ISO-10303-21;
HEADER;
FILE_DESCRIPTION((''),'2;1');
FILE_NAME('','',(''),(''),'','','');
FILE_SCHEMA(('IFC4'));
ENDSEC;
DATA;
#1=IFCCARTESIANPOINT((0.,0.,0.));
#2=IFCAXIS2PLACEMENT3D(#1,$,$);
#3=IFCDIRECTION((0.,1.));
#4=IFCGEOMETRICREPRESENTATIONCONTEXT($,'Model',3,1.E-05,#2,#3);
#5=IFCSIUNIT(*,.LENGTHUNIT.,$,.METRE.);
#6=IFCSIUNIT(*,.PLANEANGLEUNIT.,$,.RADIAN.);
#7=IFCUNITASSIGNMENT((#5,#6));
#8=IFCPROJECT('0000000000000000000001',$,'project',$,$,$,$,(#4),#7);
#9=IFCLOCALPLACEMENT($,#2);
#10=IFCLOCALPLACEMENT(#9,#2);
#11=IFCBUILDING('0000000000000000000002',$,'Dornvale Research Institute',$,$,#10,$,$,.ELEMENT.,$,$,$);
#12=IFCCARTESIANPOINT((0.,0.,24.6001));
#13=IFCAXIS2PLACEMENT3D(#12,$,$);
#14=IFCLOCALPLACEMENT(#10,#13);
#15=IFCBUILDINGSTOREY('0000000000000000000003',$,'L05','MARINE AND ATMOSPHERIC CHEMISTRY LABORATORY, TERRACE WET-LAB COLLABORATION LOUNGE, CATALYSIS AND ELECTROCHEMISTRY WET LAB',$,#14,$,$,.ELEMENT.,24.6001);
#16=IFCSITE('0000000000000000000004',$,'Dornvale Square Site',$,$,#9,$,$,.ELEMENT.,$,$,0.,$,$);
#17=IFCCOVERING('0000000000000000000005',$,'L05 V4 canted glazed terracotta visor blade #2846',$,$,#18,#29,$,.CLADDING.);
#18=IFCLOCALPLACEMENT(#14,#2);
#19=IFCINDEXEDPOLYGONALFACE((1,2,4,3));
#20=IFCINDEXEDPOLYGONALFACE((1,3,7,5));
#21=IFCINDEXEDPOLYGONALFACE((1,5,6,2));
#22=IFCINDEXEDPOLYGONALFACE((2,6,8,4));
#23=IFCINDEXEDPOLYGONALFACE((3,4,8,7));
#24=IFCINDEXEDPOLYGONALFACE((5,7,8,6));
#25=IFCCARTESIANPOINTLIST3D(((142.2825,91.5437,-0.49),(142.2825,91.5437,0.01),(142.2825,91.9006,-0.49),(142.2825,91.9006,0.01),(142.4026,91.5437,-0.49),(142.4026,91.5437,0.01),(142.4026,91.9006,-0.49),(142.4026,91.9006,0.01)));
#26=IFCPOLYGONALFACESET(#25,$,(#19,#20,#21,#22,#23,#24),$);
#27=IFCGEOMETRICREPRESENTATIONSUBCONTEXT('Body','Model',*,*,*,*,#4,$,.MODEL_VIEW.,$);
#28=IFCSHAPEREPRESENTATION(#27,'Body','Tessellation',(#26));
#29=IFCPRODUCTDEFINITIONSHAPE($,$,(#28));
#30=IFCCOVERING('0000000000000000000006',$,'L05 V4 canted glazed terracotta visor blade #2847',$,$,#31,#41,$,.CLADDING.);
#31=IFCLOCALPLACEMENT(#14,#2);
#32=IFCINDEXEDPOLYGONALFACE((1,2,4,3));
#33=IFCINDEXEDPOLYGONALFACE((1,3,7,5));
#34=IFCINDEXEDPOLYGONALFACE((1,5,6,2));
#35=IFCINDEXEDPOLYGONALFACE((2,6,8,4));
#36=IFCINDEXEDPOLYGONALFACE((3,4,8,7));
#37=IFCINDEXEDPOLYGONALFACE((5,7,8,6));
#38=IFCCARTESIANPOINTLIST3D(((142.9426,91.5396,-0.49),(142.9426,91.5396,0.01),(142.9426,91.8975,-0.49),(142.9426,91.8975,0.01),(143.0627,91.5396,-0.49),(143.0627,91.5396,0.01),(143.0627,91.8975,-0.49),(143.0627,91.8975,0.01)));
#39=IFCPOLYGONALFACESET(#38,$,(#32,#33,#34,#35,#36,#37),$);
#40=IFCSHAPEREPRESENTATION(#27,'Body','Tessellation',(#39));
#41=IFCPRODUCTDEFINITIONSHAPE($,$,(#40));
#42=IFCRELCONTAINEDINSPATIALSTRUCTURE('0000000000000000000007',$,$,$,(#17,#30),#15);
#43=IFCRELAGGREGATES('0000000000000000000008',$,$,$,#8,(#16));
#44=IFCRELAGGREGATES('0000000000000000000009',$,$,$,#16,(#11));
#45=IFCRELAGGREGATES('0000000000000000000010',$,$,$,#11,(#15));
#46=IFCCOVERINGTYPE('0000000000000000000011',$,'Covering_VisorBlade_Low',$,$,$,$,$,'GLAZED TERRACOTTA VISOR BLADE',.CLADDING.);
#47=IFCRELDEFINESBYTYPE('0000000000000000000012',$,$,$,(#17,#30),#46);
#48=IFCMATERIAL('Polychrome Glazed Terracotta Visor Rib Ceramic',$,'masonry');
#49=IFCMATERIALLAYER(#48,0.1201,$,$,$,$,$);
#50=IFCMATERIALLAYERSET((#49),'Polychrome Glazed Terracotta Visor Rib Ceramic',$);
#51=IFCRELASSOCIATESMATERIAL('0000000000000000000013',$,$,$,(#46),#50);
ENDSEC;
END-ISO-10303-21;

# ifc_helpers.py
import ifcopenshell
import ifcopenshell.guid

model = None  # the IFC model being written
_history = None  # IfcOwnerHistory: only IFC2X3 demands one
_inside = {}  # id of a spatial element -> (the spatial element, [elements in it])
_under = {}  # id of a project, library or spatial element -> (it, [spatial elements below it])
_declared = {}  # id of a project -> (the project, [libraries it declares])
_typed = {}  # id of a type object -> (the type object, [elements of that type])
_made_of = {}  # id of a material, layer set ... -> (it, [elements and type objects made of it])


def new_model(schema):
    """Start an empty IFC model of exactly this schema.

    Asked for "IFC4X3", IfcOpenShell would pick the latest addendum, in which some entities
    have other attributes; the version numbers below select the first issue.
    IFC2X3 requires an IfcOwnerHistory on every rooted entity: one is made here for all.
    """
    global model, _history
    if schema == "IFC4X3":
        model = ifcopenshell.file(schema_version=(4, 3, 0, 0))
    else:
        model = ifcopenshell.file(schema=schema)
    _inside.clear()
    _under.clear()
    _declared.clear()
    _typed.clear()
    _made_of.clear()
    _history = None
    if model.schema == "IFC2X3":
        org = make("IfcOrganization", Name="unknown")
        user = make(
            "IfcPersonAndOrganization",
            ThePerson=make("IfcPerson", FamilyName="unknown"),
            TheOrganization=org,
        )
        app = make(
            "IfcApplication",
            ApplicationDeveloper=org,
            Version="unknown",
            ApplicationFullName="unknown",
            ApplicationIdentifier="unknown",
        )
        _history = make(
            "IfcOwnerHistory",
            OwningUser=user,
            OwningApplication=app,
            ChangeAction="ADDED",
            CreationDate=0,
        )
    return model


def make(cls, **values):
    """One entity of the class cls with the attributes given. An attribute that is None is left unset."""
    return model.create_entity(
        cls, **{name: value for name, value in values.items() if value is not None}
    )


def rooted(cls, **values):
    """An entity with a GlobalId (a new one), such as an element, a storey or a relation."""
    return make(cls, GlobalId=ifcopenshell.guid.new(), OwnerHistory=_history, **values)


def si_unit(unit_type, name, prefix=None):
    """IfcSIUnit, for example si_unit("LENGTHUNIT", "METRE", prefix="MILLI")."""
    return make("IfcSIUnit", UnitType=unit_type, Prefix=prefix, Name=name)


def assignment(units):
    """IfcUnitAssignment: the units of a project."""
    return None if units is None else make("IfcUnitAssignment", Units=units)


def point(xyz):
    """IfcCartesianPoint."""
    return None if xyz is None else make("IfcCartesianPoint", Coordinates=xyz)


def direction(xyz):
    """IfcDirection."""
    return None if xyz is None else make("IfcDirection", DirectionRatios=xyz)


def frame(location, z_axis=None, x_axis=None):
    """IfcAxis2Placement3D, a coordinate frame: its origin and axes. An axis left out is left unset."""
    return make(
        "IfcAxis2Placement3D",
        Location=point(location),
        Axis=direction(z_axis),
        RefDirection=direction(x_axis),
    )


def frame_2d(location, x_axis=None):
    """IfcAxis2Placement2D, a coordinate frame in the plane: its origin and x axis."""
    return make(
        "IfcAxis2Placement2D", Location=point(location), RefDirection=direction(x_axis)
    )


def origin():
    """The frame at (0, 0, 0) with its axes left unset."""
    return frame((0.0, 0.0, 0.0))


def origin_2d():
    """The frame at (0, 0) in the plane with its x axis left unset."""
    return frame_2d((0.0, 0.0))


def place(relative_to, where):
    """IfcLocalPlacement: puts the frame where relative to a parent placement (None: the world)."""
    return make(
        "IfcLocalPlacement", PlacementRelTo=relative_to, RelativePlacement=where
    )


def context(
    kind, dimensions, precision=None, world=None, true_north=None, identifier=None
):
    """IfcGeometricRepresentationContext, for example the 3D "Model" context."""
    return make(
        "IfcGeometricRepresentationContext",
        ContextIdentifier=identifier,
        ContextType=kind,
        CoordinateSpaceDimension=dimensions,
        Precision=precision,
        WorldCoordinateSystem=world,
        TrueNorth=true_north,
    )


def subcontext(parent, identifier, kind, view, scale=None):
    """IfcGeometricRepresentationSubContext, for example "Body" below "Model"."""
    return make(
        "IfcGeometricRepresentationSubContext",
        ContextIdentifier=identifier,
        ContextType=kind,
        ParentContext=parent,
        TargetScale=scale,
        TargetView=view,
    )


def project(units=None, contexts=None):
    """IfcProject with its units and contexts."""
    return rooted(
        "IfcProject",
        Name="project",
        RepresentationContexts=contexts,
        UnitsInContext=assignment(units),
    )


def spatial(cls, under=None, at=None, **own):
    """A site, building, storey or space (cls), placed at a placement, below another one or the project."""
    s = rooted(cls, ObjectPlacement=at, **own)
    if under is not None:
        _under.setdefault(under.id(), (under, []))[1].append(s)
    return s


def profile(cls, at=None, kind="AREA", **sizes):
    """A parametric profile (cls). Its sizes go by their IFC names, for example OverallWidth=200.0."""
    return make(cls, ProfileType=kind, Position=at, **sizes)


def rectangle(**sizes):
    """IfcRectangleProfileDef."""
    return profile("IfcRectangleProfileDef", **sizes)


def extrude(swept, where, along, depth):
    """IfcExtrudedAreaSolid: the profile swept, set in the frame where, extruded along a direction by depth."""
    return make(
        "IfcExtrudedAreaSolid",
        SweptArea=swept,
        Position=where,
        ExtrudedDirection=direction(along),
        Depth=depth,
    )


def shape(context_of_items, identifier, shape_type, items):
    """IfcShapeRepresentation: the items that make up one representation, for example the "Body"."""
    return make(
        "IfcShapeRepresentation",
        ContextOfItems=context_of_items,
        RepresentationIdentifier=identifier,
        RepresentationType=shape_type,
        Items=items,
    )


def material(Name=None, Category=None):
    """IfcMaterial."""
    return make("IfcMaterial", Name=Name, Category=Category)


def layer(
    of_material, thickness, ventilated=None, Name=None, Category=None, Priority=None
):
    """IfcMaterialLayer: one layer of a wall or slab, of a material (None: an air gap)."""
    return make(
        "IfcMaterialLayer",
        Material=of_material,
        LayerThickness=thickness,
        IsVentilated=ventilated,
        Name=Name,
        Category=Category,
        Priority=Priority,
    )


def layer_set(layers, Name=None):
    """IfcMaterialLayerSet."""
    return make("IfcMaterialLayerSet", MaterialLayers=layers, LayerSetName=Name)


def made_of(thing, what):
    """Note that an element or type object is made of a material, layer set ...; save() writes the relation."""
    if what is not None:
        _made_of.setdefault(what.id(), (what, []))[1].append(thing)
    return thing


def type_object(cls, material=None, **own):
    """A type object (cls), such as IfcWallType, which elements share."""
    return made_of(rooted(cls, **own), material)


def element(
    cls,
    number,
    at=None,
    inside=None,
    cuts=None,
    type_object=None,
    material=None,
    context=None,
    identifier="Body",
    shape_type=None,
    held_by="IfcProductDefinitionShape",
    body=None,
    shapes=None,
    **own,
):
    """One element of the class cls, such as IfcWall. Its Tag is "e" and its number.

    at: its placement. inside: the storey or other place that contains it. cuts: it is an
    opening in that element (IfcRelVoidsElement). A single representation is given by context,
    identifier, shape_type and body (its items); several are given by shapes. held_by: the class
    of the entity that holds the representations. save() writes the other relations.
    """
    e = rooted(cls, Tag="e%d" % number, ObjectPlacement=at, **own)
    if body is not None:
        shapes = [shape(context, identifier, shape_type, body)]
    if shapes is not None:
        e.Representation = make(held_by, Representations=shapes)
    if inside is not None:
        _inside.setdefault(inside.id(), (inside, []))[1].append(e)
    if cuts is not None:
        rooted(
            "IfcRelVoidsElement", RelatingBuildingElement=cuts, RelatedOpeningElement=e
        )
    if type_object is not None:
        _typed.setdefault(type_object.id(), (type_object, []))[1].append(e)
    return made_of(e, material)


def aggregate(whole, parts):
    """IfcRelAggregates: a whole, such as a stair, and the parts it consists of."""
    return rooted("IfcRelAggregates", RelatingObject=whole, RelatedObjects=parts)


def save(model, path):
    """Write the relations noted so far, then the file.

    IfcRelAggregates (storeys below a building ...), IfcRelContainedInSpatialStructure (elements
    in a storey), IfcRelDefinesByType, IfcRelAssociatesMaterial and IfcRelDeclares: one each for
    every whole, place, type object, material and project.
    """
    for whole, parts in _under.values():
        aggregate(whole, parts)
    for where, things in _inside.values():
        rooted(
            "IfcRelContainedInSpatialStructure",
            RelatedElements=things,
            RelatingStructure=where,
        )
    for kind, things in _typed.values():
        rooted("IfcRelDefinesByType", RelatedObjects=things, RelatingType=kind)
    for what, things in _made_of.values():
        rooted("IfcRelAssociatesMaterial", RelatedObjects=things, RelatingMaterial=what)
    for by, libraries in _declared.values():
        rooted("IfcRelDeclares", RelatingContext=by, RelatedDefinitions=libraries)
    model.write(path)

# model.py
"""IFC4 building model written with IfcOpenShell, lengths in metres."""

from ifc_helpers import new_model, si_unit, direction, frame, origin, origin_2d, place, context, subcontext, project, spatial, rectangle, extrude, material, layer, layer_set, type_object, element, save


model = new_model("IFC4")

# Units and contexts
model_context = context("Model", 3, precision=1e-05, world=origin(), true_north=direction((0.0, 1.0)))
body_context = subcontext(model_context, "Body", "Model", "MODEL_VIEW")
ifc_project = project(units=[si_unit("LENGTHUNIT", "METRE"), si_unit("PLANEANGLEUNIT", "RADIAN")], contexts=[model_context])

# Site, building, storey
site_placement = place(None, origin())
site = spatial("IfcSite", under=ifc_project, at=site_placement, Name="Dornvale Square Site", CompositionType="ELEMENT", RefElevation=0.0)
building_placement = place(site_placement, origin())
building = spatial("IfcBuilding", under=site, at=building_placement, Name="Dornvale Research Institute", CompositionType="ELEMENT")
storey_placement = place(building_placement, frame((0.0, 0.0, 24.6001)))
storey = spatial("IfcBuildingStorey", under=building, at=storey_placement, Name="L05", Description="MARINE AND ATMOSPHERIC CHEMISTRY LABORATORY, TERRACE WET-LAB COLLABORATION LOUNGE, CATALYSIS AND ELECTROCHEMISTRY WET LAB", CompositionType="ELEMENT", Elevation=24.6001)

# Coverings
ifc_material_1 = material(Name="Polychrome Glazed Terracotta Visor Rib Ceramic", Category="masonry")
ifc_layer_1 = layer(ifc_material_1, 0.1201)
ifc_layer_set_1 = layer_set([ifc_layer_1], Name="Polychrome Glazed Terracotta Visor Rib Ceramic")
covering_type = type_object("IfcCoveringType", Name="Covering_VisorBlade_Low", ElementType="GLAZED TERRACOTTA VISOR BLADE", PredefinedType="CLADDING", material=ifc_layer_set_1)
covering_1_placement = place(storey_placement, frame((142.3425, 91.7222, -0.49), z_axis=(0.0, 0.0, 1.0), x_axis=(0.0, 1.0, 0.0)))
element("IfcCovering", 1, at=covering_1_placement, inside=storey, type_object=covering_type, Name="L05 V4 canted glazed terracotta visor blade #2846", PredefinedType="CLADDING", context=body_context, shape_type="SweptSolid", body=[
    extrude(rectangle(XDim=0.3569, YDim=0.1201, at=origin_2d()), origin(), (0.0, 0.0, 1.0), 0.5),
])
covering_2_placement = place(storey_placement, frame((143.0027, 91.7185, -0.49), z_axis=(0.0, 0.0, 1.0), x_axis=(0.0, 1.0, 0.0)))
element("IfcCovering", 2, at=covering_2_placement, inside=storey, type_object=covering_type, Name="L05 V4 canted glazed terracotta visor blade #2847", PredefinedType="CLADDING", context=body_context, shape_type="SweptSolid", body=[
    extrude(rectangle(XDim=0.3579, YDim=0.1201, at=origin_2d()), origin(), (0.0, 0.0, 1.0), 0.5),
])

save(model, "model.ifc")
